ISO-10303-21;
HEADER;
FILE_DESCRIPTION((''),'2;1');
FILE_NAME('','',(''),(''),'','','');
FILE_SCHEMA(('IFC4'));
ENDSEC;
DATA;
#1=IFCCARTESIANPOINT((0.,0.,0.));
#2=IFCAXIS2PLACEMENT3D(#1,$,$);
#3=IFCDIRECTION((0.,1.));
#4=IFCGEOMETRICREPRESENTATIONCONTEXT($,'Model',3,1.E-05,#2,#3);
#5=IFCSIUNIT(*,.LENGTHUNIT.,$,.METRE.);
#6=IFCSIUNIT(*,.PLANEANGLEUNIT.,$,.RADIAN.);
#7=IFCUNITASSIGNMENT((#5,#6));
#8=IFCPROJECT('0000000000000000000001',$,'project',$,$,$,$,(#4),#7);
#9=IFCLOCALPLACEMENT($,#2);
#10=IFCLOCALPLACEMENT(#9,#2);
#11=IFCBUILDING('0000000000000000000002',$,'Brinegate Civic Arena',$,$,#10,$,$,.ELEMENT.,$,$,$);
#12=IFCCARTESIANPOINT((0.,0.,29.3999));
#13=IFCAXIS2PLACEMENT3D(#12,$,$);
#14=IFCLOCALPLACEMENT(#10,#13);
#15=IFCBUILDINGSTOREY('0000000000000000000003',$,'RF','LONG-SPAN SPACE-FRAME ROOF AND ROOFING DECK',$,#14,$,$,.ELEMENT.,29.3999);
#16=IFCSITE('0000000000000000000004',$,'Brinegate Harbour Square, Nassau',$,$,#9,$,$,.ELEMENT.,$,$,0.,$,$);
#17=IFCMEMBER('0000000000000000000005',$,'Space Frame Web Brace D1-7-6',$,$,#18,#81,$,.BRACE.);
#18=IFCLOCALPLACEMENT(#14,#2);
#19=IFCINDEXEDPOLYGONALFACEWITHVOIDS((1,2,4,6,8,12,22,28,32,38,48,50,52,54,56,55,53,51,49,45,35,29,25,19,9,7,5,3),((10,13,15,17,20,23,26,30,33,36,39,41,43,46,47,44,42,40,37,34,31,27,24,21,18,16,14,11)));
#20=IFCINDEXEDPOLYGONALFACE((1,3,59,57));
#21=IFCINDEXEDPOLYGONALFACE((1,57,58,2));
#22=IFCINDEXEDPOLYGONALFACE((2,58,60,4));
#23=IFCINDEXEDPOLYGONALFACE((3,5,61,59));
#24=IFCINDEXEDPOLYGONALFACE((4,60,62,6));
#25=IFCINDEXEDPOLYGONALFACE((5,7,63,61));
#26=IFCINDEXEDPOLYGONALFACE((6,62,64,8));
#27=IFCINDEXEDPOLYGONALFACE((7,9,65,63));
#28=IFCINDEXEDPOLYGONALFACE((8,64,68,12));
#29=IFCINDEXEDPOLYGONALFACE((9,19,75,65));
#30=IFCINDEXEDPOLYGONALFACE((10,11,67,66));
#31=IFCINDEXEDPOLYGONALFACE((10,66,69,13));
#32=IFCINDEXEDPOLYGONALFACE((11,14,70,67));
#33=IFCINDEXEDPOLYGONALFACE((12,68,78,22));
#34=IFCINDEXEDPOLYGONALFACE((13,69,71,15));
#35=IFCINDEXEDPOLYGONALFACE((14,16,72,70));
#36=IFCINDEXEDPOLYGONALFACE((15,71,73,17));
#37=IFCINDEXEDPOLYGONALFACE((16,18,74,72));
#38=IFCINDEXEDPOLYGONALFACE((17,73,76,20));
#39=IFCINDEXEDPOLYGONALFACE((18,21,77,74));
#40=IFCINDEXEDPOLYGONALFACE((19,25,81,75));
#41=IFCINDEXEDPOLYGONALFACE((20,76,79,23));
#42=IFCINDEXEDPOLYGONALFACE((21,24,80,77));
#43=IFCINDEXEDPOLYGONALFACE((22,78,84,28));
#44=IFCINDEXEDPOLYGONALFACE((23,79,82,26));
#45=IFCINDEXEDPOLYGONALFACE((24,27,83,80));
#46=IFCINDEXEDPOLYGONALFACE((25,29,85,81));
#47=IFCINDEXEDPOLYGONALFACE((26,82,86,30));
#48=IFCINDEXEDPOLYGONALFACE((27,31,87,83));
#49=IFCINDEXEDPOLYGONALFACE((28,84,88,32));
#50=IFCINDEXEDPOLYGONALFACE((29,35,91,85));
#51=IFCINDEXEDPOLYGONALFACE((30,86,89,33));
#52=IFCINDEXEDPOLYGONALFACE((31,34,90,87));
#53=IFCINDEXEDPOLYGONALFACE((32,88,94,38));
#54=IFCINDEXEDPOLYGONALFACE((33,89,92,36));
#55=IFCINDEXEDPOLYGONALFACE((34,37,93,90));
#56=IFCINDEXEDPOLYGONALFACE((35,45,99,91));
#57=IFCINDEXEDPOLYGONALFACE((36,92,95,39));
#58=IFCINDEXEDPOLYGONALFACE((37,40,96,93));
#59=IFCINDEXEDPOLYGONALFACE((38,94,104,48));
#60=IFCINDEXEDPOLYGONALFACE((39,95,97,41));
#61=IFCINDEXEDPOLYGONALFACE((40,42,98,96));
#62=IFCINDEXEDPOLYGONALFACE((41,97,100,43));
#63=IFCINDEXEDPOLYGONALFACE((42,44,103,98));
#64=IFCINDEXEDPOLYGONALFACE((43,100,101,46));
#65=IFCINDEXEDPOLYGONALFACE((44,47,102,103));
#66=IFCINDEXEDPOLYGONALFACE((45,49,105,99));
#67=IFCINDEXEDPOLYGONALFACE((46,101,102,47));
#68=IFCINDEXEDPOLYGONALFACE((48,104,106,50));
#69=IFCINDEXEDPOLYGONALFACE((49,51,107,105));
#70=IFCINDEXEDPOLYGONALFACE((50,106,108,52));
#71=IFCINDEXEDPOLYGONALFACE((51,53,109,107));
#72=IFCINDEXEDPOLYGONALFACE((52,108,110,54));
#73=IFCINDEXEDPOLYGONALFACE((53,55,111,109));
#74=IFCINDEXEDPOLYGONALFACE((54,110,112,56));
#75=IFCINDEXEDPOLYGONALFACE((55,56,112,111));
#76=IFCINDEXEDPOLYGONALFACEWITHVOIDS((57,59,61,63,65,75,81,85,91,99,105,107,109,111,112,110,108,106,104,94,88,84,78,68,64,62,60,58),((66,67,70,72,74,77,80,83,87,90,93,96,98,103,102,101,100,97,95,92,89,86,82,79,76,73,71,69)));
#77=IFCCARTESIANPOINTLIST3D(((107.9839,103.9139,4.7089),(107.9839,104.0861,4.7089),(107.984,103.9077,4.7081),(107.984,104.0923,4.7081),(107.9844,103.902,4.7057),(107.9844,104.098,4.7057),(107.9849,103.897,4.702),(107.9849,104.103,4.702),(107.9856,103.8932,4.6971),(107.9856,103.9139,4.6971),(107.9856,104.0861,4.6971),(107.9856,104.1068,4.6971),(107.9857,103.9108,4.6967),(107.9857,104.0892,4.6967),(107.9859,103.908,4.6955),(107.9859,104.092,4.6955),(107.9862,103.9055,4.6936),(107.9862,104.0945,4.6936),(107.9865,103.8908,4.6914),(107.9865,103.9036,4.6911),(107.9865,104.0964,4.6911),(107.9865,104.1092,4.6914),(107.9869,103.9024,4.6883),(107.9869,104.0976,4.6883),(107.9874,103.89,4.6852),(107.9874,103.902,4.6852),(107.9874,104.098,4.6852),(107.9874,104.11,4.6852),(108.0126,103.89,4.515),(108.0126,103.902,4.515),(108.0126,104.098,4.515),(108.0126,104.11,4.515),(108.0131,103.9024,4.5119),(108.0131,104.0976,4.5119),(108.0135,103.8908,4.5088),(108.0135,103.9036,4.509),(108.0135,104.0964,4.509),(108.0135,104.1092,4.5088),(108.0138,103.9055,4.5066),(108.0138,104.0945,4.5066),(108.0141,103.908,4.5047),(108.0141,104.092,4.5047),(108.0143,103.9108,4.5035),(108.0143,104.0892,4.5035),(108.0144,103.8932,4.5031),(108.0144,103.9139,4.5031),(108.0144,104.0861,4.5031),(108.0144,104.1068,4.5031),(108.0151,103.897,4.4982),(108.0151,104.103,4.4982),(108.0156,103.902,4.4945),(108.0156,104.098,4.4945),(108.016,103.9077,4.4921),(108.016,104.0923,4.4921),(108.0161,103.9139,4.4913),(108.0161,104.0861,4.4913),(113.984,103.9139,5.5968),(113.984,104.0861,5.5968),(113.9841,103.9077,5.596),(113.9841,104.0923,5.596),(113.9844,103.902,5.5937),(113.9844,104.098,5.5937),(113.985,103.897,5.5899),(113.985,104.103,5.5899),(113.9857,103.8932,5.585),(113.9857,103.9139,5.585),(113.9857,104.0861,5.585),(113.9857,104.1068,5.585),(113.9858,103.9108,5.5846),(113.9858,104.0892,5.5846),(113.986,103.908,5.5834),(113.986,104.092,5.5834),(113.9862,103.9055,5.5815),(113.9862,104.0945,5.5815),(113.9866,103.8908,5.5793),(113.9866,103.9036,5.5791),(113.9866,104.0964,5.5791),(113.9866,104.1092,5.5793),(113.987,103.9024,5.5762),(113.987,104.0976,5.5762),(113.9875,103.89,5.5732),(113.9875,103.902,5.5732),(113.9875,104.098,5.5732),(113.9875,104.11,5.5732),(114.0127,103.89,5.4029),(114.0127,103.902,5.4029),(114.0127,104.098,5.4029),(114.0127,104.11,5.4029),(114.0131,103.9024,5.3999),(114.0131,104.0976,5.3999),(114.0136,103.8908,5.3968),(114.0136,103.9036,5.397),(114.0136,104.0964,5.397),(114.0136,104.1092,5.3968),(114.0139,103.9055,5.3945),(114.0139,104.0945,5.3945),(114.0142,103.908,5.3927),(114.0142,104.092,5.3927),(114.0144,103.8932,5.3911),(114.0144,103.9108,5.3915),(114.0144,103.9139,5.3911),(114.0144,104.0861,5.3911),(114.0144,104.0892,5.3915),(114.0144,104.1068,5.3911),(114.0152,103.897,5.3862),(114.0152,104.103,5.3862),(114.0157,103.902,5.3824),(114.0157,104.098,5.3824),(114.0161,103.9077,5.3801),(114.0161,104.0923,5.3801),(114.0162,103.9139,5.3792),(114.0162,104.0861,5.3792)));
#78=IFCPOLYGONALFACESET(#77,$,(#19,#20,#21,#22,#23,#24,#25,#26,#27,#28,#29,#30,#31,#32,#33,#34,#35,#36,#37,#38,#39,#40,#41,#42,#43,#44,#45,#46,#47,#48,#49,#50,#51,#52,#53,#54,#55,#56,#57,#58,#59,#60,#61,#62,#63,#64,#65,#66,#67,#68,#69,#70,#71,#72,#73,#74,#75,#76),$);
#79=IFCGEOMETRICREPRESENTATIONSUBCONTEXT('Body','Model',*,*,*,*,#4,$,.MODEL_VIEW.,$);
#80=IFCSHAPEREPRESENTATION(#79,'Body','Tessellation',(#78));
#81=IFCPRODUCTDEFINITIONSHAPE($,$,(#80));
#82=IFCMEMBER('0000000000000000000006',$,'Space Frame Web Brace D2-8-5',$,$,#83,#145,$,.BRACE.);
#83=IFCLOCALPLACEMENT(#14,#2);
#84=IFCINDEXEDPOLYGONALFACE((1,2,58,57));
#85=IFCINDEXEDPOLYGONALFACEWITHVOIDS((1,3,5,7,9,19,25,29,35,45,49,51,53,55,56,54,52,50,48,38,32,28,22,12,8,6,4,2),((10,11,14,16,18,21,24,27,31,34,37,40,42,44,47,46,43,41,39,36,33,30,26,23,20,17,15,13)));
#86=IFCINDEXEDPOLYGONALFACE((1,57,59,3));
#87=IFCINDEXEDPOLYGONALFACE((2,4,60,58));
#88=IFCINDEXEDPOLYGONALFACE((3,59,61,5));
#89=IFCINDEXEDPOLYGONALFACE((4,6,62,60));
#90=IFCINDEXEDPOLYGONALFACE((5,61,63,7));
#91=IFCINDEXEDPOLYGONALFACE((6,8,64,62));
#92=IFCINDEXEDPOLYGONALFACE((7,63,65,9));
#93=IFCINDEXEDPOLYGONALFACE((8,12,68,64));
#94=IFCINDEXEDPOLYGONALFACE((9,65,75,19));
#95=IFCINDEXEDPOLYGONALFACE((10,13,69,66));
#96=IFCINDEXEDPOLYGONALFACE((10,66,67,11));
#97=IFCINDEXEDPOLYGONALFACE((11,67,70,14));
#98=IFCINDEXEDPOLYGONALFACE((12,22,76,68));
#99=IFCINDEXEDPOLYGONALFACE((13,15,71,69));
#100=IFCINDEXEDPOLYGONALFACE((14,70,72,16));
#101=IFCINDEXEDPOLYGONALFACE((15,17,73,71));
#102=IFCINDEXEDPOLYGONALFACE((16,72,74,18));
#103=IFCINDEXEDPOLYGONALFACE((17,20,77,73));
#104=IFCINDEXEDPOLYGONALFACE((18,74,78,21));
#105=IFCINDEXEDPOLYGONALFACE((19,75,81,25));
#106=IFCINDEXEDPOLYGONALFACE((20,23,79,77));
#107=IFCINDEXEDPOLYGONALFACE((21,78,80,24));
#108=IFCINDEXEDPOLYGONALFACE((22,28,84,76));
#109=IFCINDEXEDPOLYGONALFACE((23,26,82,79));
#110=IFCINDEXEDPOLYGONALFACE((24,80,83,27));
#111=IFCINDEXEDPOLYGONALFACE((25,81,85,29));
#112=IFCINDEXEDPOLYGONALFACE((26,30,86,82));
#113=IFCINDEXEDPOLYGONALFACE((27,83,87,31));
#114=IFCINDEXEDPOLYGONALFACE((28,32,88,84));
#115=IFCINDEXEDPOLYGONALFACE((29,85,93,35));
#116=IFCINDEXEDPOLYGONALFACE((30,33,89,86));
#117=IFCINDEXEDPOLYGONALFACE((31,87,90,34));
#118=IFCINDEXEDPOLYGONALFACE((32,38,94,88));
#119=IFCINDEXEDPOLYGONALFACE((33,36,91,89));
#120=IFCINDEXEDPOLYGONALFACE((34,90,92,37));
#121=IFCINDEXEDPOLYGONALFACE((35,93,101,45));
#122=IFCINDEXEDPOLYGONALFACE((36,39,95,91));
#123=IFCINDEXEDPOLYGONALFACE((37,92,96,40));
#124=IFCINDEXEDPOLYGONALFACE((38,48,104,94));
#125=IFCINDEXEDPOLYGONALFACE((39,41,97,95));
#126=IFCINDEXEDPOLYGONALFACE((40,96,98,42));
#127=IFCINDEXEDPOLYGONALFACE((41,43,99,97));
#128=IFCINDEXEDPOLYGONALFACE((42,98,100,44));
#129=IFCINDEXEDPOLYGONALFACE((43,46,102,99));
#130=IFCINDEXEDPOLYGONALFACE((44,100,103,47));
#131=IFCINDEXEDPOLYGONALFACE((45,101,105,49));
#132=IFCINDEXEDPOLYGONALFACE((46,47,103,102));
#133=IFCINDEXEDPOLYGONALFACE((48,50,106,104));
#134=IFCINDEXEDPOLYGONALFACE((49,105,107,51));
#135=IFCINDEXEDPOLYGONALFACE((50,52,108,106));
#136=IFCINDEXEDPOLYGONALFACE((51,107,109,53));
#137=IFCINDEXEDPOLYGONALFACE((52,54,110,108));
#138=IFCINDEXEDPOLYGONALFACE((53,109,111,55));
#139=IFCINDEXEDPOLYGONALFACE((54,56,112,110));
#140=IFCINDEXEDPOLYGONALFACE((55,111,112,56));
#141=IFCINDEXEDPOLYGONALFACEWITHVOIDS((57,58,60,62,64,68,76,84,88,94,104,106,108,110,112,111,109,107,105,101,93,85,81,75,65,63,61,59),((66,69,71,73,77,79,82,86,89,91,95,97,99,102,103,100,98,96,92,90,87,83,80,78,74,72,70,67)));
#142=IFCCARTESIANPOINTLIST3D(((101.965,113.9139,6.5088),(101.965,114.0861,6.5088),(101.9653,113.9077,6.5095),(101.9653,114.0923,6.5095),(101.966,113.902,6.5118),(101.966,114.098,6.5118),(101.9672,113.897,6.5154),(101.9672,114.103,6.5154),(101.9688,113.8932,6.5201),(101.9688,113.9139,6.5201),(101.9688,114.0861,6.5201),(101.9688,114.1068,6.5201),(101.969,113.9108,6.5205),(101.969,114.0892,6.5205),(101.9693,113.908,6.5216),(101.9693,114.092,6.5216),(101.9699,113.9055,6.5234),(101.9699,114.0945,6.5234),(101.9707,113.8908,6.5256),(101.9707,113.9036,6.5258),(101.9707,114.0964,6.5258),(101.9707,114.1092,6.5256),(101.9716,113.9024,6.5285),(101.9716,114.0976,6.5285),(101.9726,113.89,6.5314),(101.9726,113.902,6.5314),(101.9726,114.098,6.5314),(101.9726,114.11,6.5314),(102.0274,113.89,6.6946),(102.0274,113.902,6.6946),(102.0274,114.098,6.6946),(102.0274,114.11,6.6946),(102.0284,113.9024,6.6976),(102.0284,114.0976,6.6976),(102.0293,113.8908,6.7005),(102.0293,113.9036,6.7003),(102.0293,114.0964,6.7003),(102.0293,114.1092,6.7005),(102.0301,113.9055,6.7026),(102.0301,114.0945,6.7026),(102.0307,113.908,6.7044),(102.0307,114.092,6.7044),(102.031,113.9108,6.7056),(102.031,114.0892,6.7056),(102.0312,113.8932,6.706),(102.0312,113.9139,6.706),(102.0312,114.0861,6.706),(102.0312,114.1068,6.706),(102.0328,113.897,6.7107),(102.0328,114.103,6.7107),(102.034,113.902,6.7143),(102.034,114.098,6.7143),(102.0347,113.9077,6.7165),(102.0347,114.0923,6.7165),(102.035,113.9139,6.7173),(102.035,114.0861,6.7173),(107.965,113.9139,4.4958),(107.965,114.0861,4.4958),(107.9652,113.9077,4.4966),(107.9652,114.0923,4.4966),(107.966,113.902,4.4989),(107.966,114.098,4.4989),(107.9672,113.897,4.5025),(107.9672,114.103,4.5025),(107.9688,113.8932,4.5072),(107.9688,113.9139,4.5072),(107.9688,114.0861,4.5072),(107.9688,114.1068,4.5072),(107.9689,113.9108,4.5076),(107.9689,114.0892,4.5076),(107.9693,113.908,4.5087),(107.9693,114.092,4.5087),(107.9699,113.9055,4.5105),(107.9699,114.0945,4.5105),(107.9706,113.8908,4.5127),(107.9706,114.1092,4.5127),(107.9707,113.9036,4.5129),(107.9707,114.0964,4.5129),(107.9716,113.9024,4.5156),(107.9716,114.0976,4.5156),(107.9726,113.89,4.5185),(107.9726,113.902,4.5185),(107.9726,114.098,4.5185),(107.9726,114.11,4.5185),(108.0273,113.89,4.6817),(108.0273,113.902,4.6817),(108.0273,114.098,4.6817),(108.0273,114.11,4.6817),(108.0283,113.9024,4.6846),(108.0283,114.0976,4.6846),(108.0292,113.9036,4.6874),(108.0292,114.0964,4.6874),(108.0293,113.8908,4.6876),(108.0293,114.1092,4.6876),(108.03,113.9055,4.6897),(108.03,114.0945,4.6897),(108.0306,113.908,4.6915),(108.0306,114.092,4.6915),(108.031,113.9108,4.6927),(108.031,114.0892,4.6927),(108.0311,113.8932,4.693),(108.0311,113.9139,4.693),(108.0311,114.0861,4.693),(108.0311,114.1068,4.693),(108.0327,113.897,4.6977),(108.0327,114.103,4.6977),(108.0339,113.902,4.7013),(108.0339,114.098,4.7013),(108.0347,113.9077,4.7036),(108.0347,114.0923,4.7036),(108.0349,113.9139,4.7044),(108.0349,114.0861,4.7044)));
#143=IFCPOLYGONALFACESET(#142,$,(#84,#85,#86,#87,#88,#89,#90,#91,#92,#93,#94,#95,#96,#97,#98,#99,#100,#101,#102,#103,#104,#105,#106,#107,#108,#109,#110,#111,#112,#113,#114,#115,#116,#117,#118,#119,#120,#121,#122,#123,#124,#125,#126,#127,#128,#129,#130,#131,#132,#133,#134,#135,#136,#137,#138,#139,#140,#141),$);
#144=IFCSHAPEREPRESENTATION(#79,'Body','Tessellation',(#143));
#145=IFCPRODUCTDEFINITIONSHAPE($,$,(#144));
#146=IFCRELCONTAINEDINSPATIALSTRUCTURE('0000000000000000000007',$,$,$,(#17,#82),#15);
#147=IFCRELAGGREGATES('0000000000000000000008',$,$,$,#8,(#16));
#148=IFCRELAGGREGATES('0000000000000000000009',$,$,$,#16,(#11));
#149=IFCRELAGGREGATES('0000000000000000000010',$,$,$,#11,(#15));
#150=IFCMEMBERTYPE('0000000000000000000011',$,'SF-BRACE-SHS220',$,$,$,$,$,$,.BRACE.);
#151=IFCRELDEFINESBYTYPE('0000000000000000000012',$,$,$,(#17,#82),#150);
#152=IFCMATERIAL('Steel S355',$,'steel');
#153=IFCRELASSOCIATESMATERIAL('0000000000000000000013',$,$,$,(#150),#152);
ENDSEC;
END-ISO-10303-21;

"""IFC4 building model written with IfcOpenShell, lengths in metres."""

from ifc_helpers import new_model, si_unit, direction, frame, origin, origin_2d, place, context, subcontext, project, spatial, hollow_rectangle, extrude, material, material_profile, profile_set, type_object, element, save


model = new_model("IFC4")

# Units and contexts
model_context = context("Model", 3, precision=1e-05, world=origin(), true_north=direction((0.0, 1.0)))
body_context = subcontext(model_context, "Body", "Model", "MODEL_VIEW")
ifc_project = project(units=[si_unit("LENGTHUNIT", "METRE"), si_unit("PLANEANGLEUNIT", "RADIAN")], contexts=[model_context])

# Site, building, storey
site_placement = place(None, origin())
site = spatial("IfcSite", under=ifc_project, at=site_placement, Name="Brinegate Harbour Square, Nassau", CompositionType="ELEMENT", RefElevation=0.0)
building_placement = place(site_placement, origin())
building = spatial("IfcBuilding", under=site, at=building_placement, Name="Brinegate Civic Arena", CompositionType="ELEMENT")
storey_placement = place(building_placement, frame((0.0, 0.0, 29.3999)))
storey = spatial("IfcBuildingStorey", under=building, at=storey_placement, Name="RF", Description="LONG-SPAN SPACE-FRAME ROOF AND ROOFING DECK", CompositionType="ELEMENT", Elevation=29.3999)

# Shared definitions
ifc_material_1 = material(Name="Steel S355", Category="steel")

# Members
ifc_material_profile_1 = material_profile(ifc_material_1, hollow_rectangle(XDim=0.22, YDim=0.22, WallThickness=0.012, InnerFilletRadius=0.012, OuterFilletRadius=0.0239, at=origin_2d()), Name="SHS220X12")
ifc_profile_set_1 = profile_set([ifc_material_profile_1], Name="Steel S355")
member_type_1 = type_object("IfcMemberType", Name="SF-BRACE-SHS220", PredefinedType="BRACE", material=ifc_profile_set_1)
member_1_placement = place(storey_placement, frame((108.0, 104.0, 4.6001), z_axis=(0.989226, 0.0, 0.146395), x_axis=(0.0, 1.0, 0.0)))
element("IfcMember", 1, at=member_1_placement, inside=storey, type_object=member_type_1, Name="Space Frame Web Brace D1-7-6", PredefinedType="BRACE", context=body_context, shape_type="SweptSolid", body=[
    extrude(hollow_rectangle(XDim=0.22, YDim=0.22, WallThickness=0.012, InnerFilletRadius=0.012, OuterFilletRadius=0.0239, at=origin_2d()), origin(), (0.0, 0.0, 1.0), 6.0654),
])
member_2_placement = place(storey_placement, frame((102.0, 114.0, 6.613), z_axis=(0.948068, 0.0, -0.318067), x_axis=(0.0, 1.0, 0.0)))
element("IfcMember", 2, at=member_2_placement, inside=storey, type_object=member_type_1, Name="Space Frame Web Brace D2-8-5", PredefinedType="BRACE", context=body_context, shape_type="SweptSolid", body=[
    extrude(hollow_rectangle(XDim=0.22, YDim=0.22, WallThickness=0.012, InnerFilletRadius=0.012, OuterFilletRadius=0.0239, at=origin_2d()), origin(), (0.0, 0.0, 1.0), 6.3286),
])

save(model, "model.ifc")
